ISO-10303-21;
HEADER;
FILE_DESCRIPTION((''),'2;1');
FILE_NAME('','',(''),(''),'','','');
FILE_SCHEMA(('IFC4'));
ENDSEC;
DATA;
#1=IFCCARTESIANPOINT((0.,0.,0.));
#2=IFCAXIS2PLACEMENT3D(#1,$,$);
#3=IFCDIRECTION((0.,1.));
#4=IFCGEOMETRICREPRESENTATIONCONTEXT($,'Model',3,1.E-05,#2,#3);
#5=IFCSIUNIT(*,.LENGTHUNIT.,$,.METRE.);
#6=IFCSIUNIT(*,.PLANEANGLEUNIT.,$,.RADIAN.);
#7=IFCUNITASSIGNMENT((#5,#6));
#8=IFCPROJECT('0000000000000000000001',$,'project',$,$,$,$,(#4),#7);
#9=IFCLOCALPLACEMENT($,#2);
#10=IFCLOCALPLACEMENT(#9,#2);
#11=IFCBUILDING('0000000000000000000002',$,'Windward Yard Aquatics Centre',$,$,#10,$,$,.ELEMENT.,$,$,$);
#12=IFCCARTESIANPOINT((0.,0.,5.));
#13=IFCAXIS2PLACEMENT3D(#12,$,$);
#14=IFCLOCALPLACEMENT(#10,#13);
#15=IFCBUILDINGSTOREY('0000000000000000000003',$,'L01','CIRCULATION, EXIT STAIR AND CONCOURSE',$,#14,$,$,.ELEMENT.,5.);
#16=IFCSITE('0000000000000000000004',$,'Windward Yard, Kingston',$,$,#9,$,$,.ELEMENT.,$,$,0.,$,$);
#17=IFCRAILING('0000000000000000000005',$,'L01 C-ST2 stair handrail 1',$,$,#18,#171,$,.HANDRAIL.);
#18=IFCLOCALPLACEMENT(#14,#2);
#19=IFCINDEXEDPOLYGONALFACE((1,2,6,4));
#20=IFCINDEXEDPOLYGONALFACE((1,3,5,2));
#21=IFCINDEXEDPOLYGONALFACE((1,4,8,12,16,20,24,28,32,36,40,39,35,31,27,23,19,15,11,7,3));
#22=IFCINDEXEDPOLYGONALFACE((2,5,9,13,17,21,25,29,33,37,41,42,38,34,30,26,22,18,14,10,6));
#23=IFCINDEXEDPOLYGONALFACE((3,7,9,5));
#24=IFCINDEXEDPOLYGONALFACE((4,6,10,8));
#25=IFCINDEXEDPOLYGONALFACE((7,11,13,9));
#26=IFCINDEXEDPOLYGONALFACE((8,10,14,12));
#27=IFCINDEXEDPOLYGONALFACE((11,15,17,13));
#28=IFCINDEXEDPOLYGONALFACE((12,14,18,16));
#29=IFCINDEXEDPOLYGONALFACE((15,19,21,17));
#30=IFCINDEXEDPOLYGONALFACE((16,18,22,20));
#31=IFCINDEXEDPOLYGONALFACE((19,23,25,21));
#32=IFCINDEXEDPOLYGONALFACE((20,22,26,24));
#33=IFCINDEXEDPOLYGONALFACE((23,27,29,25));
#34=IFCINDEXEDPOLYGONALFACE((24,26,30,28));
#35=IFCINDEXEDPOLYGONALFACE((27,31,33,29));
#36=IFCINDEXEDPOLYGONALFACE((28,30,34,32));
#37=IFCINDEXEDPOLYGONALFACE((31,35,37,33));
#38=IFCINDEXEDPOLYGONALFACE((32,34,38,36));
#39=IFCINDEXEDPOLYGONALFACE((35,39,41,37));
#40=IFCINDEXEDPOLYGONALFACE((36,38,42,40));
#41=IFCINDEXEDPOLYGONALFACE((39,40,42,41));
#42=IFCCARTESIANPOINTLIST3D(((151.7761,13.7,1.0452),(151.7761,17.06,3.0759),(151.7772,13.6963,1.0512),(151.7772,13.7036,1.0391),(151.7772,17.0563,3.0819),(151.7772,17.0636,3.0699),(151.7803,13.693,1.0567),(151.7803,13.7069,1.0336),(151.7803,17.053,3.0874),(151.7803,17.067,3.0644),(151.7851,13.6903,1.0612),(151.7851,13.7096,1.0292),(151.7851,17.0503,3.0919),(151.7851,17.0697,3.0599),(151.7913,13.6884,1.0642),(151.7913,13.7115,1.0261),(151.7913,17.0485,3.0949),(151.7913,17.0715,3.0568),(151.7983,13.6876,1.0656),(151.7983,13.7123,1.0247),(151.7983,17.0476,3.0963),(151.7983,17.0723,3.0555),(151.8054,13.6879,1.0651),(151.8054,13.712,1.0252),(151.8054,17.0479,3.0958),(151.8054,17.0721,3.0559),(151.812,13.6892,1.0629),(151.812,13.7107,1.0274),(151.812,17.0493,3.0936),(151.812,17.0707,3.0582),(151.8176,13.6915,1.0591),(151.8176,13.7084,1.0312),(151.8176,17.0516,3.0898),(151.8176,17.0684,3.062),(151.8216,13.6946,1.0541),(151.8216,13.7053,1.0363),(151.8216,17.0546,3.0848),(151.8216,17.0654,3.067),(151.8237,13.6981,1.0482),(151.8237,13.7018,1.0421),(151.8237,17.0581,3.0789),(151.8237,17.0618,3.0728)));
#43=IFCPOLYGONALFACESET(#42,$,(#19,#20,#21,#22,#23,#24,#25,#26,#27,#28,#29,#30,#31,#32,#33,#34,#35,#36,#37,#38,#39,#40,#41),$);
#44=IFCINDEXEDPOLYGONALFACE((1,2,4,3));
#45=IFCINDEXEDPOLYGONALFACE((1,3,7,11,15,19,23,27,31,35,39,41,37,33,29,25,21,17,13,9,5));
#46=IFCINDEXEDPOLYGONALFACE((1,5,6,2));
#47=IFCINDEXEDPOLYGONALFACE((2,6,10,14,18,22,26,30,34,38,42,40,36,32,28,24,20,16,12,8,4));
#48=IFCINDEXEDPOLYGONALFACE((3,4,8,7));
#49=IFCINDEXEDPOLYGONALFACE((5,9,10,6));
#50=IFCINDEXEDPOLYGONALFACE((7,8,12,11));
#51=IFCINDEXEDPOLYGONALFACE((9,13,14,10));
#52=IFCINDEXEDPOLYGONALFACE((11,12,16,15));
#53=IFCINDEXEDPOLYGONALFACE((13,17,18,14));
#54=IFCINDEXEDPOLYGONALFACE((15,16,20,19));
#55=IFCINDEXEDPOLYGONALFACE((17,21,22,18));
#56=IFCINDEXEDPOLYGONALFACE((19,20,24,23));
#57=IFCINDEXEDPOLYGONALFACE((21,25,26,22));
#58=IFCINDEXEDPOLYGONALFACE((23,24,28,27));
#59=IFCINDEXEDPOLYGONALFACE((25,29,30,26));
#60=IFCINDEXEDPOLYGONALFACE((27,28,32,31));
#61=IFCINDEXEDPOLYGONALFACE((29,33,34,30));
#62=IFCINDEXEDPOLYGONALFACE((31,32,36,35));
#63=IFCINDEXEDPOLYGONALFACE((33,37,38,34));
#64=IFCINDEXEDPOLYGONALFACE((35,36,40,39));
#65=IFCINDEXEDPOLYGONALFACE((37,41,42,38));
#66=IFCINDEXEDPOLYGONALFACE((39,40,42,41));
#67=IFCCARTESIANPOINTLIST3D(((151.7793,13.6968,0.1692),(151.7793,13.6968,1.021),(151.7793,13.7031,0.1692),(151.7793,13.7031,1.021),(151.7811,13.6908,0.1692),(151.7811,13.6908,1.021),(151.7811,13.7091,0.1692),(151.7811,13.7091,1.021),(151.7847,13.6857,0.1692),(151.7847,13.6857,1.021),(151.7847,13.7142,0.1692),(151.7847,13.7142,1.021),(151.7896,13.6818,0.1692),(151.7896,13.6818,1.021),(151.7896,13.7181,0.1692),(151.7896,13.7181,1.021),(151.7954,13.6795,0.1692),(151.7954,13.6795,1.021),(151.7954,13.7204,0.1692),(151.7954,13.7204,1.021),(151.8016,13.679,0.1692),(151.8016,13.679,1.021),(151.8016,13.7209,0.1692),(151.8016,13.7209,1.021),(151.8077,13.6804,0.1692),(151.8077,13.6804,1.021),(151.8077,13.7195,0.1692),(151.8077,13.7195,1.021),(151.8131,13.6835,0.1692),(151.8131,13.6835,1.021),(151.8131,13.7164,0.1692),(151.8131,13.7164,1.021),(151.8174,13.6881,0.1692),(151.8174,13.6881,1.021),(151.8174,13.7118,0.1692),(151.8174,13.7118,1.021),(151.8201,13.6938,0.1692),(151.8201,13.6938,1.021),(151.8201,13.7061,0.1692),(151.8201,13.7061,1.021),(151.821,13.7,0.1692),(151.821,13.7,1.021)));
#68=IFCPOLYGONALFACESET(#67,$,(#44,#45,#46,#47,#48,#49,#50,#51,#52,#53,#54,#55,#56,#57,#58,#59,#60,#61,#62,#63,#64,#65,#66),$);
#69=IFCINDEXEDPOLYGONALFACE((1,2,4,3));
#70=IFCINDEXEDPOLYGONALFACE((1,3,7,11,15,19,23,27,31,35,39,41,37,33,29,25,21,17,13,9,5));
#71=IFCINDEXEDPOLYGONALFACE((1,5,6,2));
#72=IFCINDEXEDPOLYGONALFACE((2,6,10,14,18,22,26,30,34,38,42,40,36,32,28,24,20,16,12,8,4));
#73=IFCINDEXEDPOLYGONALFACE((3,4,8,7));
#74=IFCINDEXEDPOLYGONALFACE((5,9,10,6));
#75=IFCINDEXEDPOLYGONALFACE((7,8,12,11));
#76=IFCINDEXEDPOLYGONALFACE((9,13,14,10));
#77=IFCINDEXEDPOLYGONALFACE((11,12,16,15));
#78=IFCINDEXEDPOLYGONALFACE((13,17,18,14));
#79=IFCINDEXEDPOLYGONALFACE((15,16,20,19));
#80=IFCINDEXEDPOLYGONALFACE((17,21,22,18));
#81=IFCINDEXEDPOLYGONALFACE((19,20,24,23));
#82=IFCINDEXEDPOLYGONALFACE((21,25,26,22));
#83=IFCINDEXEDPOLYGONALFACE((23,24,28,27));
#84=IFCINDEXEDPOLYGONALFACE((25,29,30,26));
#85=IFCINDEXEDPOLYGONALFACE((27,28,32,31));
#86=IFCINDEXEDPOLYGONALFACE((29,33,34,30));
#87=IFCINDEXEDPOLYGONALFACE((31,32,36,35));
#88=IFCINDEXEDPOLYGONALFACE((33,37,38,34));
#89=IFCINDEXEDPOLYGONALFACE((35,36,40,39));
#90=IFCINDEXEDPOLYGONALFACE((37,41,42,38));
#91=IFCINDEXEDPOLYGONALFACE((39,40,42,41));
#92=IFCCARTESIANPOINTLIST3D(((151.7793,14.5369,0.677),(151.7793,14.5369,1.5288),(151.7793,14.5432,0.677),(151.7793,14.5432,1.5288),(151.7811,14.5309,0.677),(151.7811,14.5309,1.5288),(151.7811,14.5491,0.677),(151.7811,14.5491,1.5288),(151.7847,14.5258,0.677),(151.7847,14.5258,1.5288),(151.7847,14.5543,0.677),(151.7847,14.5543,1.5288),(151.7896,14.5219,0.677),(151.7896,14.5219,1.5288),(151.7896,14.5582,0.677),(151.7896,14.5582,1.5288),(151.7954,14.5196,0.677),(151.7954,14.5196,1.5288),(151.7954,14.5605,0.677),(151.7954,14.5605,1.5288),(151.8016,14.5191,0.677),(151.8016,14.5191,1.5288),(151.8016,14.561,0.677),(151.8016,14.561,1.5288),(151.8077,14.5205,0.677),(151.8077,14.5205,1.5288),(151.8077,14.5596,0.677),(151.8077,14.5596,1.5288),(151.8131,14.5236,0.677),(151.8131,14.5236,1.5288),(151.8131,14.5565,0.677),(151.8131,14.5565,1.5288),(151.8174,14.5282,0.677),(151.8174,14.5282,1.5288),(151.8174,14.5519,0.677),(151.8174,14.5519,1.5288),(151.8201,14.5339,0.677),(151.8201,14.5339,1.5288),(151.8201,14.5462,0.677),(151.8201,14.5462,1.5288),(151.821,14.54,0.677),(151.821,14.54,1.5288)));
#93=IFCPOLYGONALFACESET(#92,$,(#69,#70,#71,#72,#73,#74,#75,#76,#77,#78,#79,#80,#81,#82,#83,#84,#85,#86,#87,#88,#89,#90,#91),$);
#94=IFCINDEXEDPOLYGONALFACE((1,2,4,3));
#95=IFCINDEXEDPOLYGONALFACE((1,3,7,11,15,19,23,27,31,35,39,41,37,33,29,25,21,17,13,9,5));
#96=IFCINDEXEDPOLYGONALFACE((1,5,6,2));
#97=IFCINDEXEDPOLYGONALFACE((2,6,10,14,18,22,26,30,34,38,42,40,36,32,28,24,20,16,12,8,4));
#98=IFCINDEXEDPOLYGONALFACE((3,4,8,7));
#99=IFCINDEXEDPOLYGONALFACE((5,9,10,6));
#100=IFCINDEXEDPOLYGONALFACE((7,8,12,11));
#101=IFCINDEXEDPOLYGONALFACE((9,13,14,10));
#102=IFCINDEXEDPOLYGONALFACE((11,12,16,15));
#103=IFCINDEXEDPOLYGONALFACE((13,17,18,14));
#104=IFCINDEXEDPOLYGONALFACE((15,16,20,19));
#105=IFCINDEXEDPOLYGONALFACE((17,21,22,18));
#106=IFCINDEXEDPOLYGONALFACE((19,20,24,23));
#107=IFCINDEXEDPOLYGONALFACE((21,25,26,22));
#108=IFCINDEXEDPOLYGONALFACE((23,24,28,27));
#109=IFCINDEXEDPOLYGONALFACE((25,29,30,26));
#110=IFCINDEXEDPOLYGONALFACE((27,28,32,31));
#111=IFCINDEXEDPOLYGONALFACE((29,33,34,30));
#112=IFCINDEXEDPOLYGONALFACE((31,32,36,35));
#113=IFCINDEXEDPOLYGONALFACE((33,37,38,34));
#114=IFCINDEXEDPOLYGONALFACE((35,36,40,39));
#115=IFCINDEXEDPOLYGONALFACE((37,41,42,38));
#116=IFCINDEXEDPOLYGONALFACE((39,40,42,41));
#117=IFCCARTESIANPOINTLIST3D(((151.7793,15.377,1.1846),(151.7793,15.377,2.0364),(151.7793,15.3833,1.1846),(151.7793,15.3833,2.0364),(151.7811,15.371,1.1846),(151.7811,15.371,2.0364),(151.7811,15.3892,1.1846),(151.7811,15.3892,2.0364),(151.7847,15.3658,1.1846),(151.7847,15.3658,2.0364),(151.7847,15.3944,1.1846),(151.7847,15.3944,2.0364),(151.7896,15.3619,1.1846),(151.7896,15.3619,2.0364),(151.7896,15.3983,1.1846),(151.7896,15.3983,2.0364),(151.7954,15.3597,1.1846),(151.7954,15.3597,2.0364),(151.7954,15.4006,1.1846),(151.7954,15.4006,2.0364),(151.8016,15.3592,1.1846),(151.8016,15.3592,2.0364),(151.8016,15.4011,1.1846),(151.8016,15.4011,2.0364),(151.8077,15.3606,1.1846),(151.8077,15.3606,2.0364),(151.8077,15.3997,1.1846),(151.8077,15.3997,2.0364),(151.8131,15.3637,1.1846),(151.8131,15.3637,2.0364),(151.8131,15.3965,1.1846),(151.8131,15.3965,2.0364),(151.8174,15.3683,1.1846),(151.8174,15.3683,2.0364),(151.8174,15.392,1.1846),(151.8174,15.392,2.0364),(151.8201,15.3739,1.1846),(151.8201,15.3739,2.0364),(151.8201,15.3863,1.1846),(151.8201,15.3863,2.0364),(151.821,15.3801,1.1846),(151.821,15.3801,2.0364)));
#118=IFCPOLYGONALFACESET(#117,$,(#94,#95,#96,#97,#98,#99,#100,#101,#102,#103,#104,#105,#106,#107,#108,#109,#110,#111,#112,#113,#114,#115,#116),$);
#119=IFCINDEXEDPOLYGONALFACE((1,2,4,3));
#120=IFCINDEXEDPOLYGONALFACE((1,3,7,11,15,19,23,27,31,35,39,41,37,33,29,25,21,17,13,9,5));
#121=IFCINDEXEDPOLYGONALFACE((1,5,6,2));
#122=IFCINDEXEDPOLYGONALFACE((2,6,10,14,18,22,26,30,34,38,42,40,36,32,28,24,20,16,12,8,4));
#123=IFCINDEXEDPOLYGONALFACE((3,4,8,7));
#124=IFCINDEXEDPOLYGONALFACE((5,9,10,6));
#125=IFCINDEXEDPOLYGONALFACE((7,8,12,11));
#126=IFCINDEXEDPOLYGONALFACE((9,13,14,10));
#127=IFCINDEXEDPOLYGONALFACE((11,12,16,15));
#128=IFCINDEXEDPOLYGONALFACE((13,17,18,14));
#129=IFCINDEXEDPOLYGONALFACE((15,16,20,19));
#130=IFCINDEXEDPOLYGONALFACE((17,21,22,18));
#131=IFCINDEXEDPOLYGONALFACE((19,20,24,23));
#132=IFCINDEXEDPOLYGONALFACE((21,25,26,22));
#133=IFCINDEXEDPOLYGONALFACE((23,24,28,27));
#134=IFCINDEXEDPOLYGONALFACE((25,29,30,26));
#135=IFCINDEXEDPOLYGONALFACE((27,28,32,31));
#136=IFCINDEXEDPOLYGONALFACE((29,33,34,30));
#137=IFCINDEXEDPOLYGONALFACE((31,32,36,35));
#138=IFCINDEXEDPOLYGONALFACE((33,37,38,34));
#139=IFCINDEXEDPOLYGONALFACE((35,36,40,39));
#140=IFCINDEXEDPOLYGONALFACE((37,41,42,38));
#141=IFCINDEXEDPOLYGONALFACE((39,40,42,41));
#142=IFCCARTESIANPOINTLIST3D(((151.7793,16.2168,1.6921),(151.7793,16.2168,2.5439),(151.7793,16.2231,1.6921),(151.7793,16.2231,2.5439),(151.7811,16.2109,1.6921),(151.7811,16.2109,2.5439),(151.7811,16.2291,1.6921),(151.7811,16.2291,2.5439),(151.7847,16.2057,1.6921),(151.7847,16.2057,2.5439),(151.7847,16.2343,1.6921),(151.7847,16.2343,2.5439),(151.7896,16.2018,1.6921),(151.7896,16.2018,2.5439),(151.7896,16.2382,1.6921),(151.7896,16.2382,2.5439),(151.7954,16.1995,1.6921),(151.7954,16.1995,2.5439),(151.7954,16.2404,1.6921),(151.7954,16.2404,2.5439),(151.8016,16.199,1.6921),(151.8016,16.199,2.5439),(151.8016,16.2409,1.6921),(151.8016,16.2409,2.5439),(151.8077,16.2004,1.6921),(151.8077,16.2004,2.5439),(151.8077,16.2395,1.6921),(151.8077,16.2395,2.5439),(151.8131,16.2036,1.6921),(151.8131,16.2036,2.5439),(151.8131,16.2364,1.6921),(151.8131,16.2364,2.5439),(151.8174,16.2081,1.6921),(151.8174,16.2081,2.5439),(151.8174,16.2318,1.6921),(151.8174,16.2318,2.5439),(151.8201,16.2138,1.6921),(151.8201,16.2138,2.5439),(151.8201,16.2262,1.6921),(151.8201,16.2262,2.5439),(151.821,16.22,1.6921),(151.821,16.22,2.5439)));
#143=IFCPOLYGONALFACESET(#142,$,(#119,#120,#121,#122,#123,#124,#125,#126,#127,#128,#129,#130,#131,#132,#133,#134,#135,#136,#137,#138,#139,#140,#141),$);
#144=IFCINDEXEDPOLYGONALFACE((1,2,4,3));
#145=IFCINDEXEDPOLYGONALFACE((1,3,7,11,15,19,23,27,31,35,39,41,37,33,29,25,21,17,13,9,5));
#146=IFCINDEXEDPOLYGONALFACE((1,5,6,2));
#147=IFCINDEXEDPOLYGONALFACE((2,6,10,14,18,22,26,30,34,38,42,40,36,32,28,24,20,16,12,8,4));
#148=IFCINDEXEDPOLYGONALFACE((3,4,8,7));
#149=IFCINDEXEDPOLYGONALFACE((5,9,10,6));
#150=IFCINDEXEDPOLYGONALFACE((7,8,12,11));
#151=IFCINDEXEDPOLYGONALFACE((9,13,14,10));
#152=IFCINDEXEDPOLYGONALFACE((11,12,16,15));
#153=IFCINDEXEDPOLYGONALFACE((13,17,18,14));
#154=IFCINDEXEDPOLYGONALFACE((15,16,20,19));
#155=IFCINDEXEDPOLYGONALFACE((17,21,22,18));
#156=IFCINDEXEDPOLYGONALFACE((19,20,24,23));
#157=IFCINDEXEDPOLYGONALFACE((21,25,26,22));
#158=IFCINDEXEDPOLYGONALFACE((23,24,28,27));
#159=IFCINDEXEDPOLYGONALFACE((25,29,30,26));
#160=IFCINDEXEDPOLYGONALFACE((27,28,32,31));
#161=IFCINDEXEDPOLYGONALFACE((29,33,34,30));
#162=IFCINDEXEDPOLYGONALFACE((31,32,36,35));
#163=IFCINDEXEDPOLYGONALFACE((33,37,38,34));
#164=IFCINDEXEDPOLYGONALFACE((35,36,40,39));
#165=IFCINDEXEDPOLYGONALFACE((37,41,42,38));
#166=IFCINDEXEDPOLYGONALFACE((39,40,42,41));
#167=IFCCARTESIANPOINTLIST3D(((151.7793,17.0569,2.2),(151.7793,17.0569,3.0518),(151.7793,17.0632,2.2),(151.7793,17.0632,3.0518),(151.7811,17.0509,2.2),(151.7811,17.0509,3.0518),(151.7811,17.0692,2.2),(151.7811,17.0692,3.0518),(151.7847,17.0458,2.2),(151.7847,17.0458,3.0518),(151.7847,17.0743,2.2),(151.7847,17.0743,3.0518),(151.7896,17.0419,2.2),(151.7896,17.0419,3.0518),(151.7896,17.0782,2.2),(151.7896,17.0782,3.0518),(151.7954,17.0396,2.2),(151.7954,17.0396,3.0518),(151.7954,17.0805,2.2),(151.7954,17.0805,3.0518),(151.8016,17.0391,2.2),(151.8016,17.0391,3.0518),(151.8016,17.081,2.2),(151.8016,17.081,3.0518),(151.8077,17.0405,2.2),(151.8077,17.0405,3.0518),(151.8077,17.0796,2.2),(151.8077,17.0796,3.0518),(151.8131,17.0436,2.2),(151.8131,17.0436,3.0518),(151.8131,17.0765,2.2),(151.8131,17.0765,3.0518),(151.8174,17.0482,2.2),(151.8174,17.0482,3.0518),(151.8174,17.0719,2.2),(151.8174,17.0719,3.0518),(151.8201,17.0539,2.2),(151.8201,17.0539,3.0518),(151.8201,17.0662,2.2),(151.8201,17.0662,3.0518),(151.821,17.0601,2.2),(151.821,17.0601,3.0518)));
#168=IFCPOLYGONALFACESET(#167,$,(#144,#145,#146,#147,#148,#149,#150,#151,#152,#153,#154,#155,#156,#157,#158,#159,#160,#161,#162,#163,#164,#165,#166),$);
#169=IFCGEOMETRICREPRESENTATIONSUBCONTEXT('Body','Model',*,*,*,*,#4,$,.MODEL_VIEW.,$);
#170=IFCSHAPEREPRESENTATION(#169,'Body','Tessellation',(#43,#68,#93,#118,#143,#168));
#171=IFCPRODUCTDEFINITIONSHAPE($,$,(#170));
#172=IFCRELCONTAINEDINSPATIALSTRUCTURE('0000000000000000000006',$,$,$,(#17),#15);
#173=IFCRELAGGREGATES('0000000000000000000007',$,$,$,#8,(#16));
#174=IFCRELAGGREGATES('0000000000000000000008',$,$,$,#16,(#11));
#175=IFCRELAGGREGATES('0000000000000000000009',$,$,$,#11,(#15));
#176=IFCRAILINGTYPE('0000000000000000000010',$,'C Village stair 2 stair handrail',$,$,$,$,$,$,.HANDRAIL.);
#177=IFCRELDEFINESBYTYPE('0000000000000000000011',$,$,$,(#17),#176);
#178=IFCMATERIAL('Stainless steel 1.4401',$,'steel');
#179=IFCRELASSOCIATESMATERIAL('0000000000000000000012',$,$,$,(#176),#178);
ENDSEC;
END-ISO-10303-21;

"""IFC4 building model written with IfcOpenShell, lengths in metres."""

from ifc_helpers import new_model, si_unit, direction, frame, origin, origin_2d, place, context, subcontext, project, spatial, circle, extrude, material, type_object, element, save


model = new_model("IFC4")

# Units and contexts
model_context = context("Model", 3, precision=1e-05, world=origin(), true_north=direction((0.0, 1.0)))
body_context = subcontext(model_context, "Body", "Model", "MODEL_VIEW")
ifc_project = project(units=[si_unit("LENGTHUNIT", "METRE"), si_unit("PLANEANGLEUNIT", "RADIAN")], contexts=[model_context])

# Site, building, storey
site_placement = place(None, origin())
site = spatial("IfcSite", under=ifc_project, at=site_placement, Name="Windward Yard, Kingston", CompositionType="ELEMENT", RefElevation=0.0)
building_placement = place(site_placement, origin())
building = spatial("IfcBuilding", under=site, at=building_placement, Name="Windward Yard Aquatics Centre", CompositionType="ELEMENT")
storey_placement = place(building_placement, frame((0.0, 0.0, 5.0)))
storey = spatial("IfcBuildingStorey", under=building, at=storey_placement, Name="L01", Description="CIRCULATION, EXIT STAIR AND CONCOURSE", CompositionType="ELEMENT", Elevation=5.0)

# Railing
ifc_material_1 = material(Name="Stainless steel 1.4401", Category="steel")
railing_type_1 = type_object("IfcRailingType", Name="C Village stair 2 stair handrail", PredefinedType="HANDRAIL", material=ifc_material_1)
railing_1_placement = place(storey_placement, frame((151.8, 13.7, 0.1692)))
element("IfcRailing", 1, at=railing_1_placement, inside=storey, type_object=railing_type_1, Name="L01 C-ST2 stair handrail 1", PredefinedType="HANDRAIL", context=body_context, shape_type="SweptSolid", body=[
    extrude(circle(Radius=0.0239, at=origin_2d()), frame((0.0, 0.0, 0.876), z_axis=(0.0, 0.855837, 0.517246), x_axis=(-1.0, 0.0, 0.0)), (0.0, 0.0, 1.0), 3.926),
    extrude(circle(Radius=0.021, at=origin_2d()), origin(), (0.0, 0.0, 1.0), 0.8518),
    extrude(circle(Radius=0.021, at=origin_2d()), frame((0.0, 0.8401, 0.5078)), (0.0, 0.0, 1.0), 0.8518),
    extrude(circle(Radius=0.021, at=origin_2d()), frame((0.0, 1.6802, 1.0154)), (0.0, 0.0, 1.0), 0.8518),
    extrude(circle(Radius=0.021, at=origin_2d()), frame((0.0, 2.52, 1.5229)), (0.0, 0.0, 1.0), 0.8518),
    extrude(circle(Radius=0.021, at=origin_2d()), frame((0.0, 3.3601, 2.0308)), (0.0, 0.0, 1.0), 0.8518),
])

save(model, "model.ifc")
